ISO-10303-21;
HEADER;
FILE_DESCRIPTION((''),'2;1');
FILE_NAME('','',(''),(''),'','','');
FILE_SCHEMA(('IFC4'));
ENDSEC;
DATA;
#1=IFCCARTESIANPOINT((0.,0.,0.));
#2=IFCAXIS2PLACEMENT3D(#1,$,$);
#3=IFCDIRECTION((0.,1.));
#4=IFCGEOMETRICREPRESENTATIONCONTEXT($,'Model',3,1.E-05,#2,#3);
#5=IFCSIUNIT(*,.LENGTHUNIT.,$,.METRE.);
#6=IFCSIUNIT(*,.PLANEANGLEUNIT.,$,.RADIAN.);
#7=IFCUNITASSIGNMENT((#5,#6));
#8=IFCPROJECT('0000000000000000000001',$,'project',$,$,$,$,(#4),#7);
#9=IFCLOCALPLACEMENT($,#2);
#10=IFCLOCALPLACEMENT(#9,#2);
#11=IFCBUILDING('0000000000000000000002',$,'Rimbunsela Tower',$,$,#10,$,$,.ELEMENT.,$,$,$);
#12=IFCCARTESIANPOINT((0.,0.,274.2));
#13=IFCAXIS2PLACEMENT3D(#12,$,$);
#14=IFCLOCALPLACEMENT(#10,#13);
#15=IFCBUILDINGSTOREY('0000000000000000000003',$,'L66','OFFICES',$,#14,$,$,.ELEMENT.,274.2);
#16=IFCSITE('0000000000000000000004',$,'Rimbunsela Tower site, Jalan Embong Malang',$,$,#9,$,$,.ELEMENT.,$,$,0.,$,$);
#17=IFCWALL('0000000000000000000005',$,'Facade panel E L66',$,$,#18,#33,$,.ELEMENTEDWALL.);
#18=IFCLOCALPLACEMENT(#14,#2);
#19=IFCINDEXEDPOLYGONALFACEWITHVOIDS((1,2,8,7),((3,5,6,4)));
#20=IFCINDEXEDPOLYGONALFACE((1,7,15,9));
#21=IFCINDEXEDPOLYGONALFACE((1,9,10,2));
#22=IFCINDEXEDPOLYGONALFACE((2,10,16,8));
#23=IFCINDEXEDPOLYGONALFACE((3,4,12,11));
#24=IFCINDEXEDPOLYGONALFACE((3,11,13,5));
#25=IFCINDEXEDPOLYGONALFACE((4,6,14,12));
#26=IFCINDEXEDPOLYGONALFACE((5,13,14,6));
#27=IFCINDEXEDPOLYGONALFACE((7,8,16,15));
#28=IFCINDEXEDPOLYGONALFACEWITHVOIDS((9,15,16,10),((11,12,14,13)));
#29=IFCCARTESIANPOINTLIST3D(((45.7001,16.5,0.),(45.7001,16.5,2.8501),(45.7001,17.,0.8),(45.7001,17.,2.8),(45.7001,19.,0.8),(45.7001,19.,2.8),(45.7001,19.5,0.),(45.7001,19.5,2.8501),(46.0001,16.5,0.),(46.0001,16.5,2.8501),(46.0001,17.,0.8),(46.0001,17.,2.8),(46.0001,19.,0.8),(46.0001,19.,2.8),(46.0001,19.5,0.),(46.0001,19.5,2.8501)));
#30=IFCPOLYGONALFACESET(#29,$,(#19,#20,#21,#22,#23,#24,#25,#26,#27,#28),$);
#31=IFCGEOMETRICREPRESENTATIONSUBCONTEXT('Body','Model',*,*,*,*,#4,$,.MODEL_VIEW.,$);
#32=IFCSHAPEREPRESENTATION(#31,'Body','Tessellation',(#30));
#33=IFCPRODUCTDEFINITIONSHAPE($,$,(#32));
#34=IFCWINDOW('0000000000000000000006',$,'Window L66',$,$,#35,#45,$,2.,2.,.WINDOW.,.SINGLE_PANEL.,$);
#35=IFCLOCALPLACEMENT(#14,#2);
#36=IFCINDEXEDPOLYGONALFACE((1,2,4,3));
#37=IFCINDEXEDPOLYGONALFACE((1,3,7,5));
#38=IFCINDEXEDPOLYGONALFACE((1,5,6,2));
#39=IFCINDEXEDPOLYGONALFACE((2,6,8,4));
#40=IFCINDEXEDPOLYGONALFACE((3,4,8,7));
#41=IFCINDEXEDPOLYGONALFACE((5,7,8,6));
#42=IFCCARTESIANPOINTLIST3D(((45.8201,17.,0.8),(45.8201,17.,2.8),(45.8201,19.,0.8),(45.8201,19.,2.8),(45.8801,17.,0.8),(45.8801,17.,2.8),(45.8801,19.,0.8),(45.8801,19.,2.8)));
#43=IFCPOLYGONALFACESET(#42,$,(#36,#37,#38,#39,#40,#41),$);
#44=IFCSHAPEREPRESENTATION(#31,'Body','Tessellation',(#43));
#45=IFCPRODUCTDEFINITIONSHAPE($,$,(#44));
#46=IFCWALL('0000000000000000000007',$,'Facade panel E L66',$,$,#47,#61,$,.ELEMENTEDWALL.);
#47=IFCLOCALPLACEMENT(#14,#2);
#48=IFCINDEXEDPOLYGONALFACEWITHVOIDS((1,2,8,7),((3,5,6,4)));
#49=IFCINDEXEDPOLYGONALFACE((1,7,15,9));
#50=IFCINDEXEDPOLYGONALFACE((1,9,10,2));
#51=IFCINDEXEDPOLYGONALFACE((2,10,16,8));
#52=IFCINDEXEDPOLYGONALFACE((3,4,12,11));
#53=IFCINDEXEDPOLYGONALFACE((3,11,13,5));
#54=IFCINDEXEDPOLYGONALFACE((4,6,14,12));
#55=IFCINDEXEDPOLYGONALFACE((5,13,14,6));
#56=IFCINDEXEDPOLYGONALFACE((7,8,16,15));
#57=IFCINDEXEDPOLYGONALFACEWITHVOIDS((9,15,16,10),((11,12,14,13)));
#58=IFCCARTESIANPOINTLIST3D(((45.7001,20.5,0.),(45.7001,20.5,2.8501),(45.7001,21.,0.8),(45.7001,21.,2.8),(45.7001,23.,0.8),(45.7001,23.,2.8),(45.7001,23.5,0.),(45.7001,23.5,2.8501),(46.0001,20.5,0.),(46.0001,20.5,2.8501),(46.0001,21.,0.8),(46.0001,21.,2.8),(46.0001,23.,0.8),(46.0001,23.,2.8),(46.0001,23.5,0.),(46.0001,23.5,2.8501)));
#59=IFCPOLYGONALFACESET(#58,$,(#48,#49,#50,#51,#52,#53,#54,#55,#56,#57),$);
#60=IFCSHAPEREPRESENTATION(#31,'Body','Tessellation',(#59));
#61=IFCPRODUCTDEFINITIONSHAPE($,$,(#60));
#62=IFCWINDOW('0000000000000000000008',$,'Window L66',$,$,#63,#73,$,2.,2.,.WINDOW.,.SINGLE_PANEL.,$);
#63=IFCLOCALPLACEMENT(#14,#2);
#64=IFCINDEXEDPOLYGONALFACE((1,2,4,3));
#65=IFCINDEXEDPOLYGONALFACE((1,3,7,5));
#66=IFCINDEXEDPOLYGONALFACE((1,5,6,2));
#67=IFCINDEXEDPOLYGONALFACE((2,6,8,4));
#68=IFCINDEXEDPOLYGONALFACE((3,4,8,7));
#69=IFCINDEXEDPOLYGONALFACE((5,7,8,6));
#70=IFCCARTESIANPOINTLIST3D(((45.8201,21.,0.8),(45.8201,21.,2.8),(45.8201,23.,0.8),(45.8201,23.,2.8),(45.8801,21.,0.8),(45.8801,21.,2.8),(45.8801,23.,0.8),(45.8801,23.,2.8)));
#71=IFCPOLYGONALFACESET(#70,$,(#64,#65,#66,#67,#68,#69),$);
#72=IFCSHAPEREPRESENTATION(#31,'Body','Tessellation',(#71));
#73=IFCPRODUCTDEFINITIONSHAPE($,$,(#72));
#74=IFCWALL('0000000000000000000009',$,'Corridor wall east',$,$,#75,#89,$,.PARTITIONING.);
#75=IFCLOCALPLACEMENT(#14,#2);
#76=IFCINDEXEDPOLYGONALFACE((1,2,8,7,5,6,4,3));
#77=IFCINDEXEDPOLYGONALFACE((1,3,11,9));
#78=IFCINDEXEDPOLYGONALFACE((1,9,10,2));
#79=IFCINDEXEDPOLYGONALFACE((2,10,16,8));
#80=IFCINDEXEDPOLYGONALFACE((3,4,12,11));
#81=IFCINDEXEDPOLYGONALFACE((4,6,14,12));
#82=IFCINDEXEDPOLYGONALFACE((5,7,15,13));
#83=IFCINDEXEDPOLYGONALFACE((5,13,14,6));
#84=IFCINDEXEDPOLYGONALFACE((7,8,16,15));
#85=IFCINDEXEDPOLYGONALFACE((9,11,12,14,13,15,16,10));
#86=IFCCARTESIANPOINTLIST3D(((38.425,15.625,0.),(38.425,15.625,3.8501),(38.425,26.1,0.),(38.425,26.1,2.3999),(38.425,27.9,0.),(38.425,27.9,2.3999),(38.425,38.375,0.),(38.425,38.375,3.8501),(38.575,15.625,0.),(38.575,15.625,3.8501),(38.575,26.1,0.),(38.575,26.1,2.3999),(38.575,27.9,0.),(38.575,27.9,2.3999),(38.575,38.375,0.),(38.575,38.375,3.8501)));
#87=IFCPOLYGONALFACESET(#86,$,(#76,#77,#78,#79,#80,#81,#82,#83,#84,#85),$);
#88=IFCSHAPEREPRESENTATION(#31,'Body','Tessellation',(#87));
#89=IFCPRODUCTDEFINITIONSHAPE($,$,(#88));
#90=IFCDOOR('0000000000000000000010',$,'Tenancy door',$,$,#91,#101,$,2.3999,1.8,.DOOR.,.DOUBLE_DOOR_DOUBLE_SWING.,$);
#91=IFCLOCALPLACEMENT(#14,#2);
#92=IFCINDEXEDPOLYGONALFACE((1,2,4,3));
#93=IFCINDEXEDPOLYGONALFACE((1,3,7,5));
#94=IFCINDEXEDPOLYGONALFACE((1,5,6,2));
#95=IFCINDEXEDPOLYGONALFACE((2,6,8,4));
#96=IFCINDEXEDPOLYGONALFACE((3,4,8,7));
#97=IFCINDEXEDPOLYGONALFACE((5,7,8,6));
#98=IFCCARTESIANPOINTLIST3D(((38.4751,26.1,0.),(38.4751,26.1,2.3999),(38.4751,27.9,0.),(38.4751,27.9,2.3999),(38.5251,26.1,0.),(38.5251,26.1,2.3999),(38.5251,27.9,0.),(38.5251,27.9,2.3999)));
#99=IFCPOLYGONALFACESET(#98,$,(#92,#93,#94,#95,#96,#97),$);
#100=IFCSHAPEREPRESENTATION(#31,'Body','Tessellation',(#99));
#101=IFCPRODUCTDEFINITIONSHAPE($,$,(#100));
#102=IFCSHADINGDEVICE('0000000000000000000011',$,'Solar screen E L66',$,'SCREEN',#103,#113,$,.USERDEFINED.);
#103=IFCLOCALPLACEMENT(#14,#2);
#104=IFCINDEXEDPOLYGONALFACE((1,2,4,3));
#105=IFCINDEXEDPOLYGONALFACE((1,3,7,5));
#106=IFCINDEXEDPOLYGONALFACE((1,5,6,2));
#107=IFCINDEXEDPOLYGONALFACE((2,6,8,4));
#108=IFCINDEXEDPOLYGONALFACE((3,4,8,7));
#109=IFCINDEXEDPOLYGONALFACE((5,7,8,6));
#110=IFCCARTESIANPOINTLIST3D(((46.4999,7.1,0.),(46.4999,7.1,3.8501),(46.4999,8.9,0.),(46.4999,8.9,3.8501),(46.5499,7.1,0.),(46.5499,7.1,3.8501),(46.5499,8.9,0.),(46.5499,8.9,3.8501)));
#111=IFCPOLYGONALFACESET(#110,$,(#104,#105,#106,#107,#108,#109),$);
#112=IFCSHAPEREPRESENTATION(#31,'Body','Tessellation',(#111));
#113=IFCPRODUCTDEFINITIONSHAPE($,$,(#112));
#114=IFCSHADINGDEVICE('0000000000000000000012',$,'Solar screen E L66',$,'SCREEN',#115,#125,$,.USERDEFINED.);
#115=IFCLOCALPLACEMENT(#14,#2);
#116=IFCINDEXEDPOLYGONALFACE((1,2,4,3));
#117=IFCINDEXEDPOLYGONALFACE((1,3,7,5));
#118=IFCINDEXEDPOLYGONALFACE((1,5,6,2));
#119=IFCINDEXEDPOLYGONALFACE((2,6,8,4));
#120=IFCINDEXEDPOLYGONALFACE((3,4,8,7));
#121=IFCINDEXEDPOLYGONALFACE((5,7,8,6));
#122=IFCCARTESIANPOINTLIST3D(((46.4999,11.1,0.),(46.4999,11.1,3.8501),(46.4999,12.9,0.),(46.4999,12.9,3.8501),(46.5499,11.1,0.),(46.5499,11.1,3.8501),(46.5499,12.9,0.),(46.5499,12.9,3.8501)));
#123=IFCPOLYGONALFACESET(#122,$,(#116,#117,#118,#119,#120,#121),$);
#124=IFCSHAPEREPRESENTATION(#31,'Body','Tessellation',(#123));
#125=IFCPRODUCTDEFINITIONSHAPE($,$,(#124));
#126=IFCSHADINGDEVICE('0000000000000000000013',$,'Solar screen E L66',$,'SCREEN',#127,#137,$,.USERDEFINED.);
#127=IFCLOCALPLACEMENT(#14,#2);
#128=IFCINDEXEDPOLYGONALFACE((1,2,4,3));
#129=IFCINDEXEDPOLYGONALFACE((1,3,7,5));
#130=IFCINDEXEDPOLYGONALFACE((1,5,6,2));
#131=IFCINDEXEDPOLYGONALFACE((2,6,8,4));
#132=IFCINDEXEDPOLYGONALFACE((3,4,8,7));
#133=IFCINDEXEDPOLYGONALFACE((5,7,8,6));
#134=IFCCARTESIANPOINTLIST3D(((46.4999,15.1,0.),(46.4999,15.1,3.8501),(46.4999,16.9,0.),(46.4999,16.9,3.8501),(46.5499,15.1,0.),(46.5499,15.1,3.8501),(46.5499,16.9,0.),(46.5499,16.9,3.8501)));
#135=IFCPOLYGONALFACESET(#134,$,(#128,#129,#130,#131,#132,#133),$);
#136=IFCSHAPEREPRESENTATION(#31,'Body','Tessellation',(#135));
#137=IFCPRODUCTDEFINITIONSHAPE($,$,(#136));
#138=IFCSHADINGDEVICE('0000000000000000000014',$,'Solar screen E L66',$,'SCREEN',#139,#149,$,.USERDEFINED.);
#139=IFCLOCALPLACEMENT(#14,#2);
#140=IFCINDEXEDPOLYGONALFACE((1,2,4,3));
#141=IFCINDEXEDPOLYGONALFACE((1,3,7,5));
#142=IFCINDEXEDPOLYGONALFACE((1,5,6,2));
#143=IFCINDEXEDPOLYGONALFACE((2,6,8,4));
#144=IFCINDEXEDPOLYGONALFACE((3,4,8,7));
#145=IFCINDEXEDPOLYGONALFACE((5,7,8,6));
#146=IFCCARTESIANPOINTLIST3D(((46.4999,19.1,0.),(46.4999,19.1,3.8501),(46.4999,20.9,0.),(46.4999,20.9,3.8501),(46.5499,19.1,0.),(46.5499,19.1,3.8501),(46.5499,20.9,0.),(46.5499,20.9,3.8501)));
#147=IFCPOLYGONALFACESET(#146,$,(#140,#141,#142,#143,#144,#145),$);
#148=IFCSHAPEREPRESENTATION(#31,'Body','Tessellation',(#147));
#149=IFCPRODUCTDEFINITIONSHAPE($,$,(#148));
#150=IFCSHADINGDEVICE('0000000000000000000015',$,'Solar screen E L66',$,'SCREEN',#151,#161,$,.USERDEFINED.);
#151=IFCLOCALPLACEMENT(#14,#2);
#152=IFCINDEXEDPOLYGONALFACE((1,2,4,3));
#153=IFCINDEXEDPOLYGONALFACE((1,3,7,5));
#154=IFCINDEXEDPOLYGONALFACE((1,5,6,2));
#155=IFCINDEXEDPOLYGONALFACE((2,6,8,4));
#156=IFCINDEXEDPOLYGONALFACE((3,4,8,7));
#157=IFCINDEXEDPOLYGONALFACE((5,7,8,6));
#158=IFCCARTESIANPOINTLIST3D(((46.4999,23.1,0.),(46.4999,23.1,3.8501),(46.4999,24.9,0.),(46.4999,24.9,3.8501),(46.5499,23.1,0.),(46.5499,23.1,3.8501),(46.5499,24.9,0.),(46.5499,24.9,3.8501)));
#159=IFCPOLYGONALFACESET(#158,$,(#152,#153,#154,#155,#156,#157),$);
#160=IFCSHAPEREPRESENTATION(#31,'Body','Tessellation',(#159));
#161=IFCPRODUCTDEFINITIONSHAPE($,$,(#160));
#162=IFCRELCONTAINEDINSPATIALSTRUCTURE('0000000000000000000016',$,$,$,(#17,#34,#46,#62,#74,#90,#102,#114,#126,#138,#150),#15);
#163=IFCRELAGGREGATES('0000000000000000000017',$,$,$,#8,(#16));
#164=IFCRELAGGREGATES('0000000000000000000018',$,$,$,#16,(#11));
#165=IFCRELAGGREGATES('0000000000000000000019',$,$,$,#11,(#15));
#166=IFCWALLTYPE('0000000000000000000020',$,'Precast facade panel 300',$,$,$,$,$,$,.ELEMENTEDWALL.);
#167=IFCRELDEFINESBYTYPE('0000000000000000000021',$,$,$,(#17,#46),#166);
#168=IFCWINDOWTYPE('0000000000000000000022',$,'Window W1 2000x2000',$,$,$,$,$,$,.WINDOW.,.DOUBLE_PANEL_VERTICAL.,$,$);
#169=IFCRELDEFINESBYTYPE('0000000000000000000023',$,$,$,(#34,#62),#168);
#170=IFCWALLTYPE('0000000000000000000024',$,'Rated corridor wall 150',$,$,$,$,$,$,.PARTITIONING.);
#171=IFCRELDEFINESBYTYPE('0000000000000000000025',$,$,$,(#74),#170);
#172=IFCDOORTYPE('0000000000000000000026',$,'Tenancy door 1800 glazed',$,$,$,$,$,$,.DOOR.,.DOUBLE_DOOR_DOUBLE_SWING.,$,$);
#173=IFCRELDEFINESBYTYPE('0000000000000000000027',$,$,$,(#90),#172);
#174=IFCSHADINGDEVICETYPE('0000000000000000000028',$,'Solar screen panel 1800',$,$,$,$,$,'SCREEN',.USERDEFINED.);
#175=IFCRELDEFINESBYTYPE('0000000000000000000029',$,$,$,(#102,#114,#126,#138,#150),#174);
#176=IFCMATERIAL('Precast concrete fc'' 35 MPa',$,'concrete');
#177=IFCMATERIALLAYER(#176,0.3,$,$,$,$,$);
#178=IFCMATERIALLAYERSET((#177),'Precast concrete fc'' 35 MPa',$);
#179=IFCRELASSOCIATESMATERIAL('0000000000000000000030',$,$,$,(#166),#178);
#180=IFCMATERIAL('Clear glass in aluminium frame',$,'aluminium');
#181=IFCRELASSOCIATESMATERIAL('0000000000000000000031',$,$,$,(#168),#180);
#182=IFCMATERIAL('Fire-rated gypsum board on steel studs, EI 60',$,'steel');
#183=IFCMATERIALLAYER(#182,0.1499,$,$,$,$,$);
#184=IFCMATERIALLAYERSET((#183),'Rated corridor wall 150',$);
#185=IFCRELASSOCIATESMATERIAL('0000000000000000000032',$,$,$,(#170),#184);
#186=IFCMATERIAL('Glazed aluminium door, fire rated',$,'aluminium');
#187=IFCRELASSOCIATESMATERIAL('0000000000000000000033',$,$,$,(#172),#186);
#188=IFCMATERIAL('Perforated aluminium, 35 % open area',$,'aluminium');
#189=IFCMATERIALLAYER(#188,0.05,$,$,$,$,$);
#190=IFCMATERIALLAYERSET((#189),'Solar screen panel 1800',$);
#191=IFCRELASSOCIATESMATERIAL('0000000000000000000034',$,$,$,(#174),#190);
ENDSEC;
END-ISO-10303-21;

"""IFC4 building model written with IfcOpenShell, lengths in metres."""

from ifc_helpers import new_model, si_unit, direction, frame, frame_2d, origin, origin_2d, place, context, subcontext, project, spatial, rectangle, extrude, material, layer, layer_set, type_object, element, fill, save


model = new_model("IFC4")

# Units and contexts
model_context = context("Model", 3, precision=1e-05, world=origin(), true_north=direction((0.0, 1.0)))
body_context = subcontext(model_context, "Body", "Model", "MODEL_VIEW")
ifc_project = project(units=[si_unit("LENGTHUNIT", "METRE"), si_unit("PLANEANGLEUNIT", "RADIAN")], contexts=[model_context])

# Site, building, storey
site_placement = place(None, origin())
site = spatial("IfcSite", under=ifc_project, at=site_placement, Name="Rimbunsela Tower site, Jalan Embong Malang", CompositionType="ELEMENT", RefElevation=0.0)
building_placement = place(site_placement, origin())
building = spatial("IfcBuilding", under=site, at=building_placement, Name="Rimbunsela Tower", CompositionType="ELEMENT")
storey_placement = place(building_placement, frame((0.0, 0.0, 274.2)))
storey = spatial("IfcBuildingStorey", under=building, at=storey_placement, Name="L66", Description="OFFICES", CompositionType="ELEMENT", Elevation=274.2)

# Shared definitions
ifc_material_1 = material(Name="Precast concrete fc' 35 MPa", Category="concrete")
ifc_layer_1 = layer(ifc_material_1, 0.3)
ifc_layer_set_1 = layer_set([ifc_layer_1], Name="Precast concrete fc' 35 MPa")
wall_type_1 = type_object("IfcWallType", Name="Precast facade panel 300", PredefinedType="ELEMENTEDWALL", material=ifc_layer_set_1)

# Walls, openings, windows
ifc_material_2 = material(Name="Clear glass in aluminium frame", Category="aluminium")
window_type = type_object("IfcWindowType", Name="Window W1 2000x2000", PartitioningType="DOUBLE_PANEL_VERTICAL", PredefinedType="WINDOW", material=ifc_material_2)
wall_1_placement = place(storey_placement, frame((45.8501, 16.5, 0.0), z_axis=(0.0, 0.0, 1.0), x_axis=(0.0, 1.0, 0.0)))
wall_1 = element("IfcWall", 1, at=wall_1_placement, inside=storey, type_object=wall_type_1, Name="Facade panel E L66", PredefinedType="ELEMENTEDWALL", context=body_context, shape_type="SweptSolid", body=[
    extrude(rectangle(XDim=3.0, YDim=0.3, at=frame_2d((1.5, 0.0))), origin(), (0.0, 0.0, 1.0), 2.8501),
])
opening_1_placement = place(wall_1_placement, frame((0.5, 0.0, 0.8)))
opening_1 = element("IfcOpeningElement", 2, at=opening_1_placement, cuts=wall_1, PredefinedType="OPENING", context=body_context, shape_type="SweptSolid", body=[
    extrude(rectangle(XDim=2.0, YDim=2.0, at=frame_2d((1.0, 1.0))), frame((0.0, 0.1599, 0.0), z_axis=(0.0, -1.0, 0.0), x_axis=(1.0, 0.0, 0.0)), (0.0, 0.0, 1.0), 0.3201),
])
window_1_placement = place(opening_1_placement, origin())
window_1 = element("IfcWindow", 3, at=window_1_placement, inside=storey, type_object=window_type, Name="Window L66", OverallHeight=2.0, OverallWidth=2.0, PartitioningType="SINGLE_PANEL", PredefinedType="WINDOW", context=body_context, shape_type="SweptSolid", body=[
    extrude(rectangle(XDim=2.0, YDim=2.0, at=frame_2d((1.0, 1.0))), frame((0.0, 0.03, 0.0), z_axis=(0.0, -1.0, 0.0), x_axis=(1.0, 0.0, 0.0)), (0.0, 0.0, 1.0), 0.0601),
])
fill(opening_1, window_1)
wall_2_placement = place(storey_placement, frame((45.8501, 20.5, 0.0), z_axis=(0.0, 0.0, 1.0), x_axis=(0.0, 1.0, 0.0)))
wall_2 = element("IfcWall", 4, at=wall_2_placement, inside=storey, type_object=wall_type_1, Name="Facade panel E L66", PredefinedType="ELEMENTEDWALL", context=body_context, shape_type="SweptSolid", body=[
    extrude(rectangle(XDim=3.0, YDim=0.3, at=frame_2d((1.5, 0.0))), origin(), (0.0, 0.0, 1.0), 2.8501),
])
opening_2_placement = place(wall_2_placement, frame((0.5, 0.0, 0.8)))
opening_2 = element("IfcOpeningElement", 5, at=opening_2_placement, cuts=wall_2, PredefinedType="OPENING", context=body_context, shape_type="SweptSolid", body=[
    extrude(rectangle(XDim=2.0, YDim=2.0, at=frame_2d((1.0, 1.0))), frame((0.0, 0.1599, 0.0), z_axis=(0.0, -1.0, 0.0), x_axis=(1.0, 0.0, 0.0)), (0.0, 0.0, 1.0), 0.3201),
])
window_2_placement = place(opening_2_placement, origin())
window_2 = element("IfcWindow", 6, at=window_2_placement, inside=storey, type_object=window_type, Name="Window L66", OverallHeight=2.0, OverallWidth=2.0, PartitioningType="SINGLE_PANEL", PredefinedType="WINDOW", context=body_context, shape_type="SweptSolid", body=[
    extrude(rectangle(XDim=2.0, YDim=2.0, at=frame_2d((1.0, 1.0))), frame((0.0, 0.03, 0.0), z_axis=(0.0, -1.0, 0.0), x_axis=(1.0, 0.0, 0.0)), (0.0, 0.0, 1.0), 0.0601),
])
fill(opening_2, window_2)

# Wall, opening, door
ifc_material_3 = material(Name="Fire-rated gypsum board on steel studs, EI 60", Category="steel")
ifc_layer_2 = layer(ifc_material_3, 0.1499)
ifc_layer_set_2 = layer_set([ifc_layer_2], Name="Rated corridor wall 150")
wall_type_2 = type_object("IfcWallType", Name="Rated corridor wall 150", PredefinedType="PARTITIONING", material=ifc_layer_set_2)
wall_3_placement = place(storey_placement, frame((38.5, 15.625, 0.0), z_axis=(0.0, 0.0, 1.0), x_axis=(0.0, 1.0, 0.0)))
wall_3 = element("IfcWall", 7, at=wall_3_placement, inside=storey, type_object=wall_type_2, Name="Corridor wall east", PredefinedType="PARTITIONING", context=body_context, shape_type="SweptSolid", body=[
    extrude(rectangle(XDim=22.75, YDim=0.1499, at=frame_2d((11.375, 0.0))), origin(), (0.0, 0.0, 1.0), 3.8501),
])
opening_3_placement = place(wall_3_placement, frame((10.4751, 0.0, 0.0)))
opening_3 = element("IfcOpeningElement", 8, at=opening_3_placement, cuts=wall_3, PredefinedType="OPENING", context=body_context, shape_type="SweptSolid", body=[
    extrude(rectangle(XDim=1.8, YDim=2.3999, at=frame_2d((0.8999, 1.2))), frame((0.0, 0.085, 0.0), z_axis=(0.0, -1.0, 0.0), x_axis=(1.0, 0.0, 0.0)), (0.0, 0.0, 1.0), 0.1699),
])
ifc_material_4 = material(Name="Glazed aluminium door, fire rated", Category="aluminium")
door_type = type_object("IfcDoorType", Name="Tenancy door 1800 glazed", OperationType="DOUBLE_DOOR_DOUBLE_SWING", PredefinedType="DOOR", material=ifc_material_4)
door_placement = place(opening_3_placement, origin())
door = element("IfcDoor", 9, at=door_placement, inside=storey, type_object=door_type, Name="Tenancy door", OperationType="DOUBLE_DOOR_DOUBLE_SWING", OverallHeight=2.3999, OverallWidth=1.8, PredefinedType="DOOR", context=body_context, shape_type="SweptSolid", body=[
    extrude(rectangle(XDim=1.8, YDim=2.3999, at=frame_2d((0.8999, 1.2))), frame((0.0, 0.0249, 0.0), z_axis=(0.0, -1.0, 0.0), x_axis=(1.0, 0.0, 0.0)), (0.0, 0.0, 1.0), 0.05),
])
fill(opening_3, door)

# Shading devices
ifc_material_5 = material(Name="Perforated aluminium, 35 % open area", Category="aluminium")
ifc_layer_3 = layer(ifc_material_5, 0.05)
ifc_layer_set_3 = layer_set([ifc_layer_3], Name="Solar screen panel 1800")
shading_device_type = type_object("IfcShadingDeviceType", Name="Solar screen panel 1800", ElementType="SCREEN", PredefinedType="USERDEFINED", material=ifc_layer_set_3)
for number, where, z_axis, x_axis, name in (
    (10, (46.5249, 8.0, 0.0), (0.0, 0.0, 1.0), (0.0, 1.0, 0.0), "Solar screen E L66"),
    (11, (46.5249, 12.0, 0.0), (0.0, 0.0, 1.0), (0.0, 1.0, 0.0), "Solar screen E L66"),
    (12, (46.5249, 16.0, 0.0), (0.0, 0.0, 1.0), (0.0, 1.0, 0.0), "Solar screen E L66"),
    (13, (46.5249, 20.0, 0.0), (0.0, 0.0, 1.0), (0.0, 1.0, 0.0), "Solar screen E L66"),
    (14, (46.5249, 24.0, 0.0), (0.0, 0.0, 1.0), (0.0, 1.0, 0.0), "Solar screen E L66"),
):
    element("IfcShadingDevice", number, at=place(storey_placement, frame(where, z_axis=z_axis, x_axis=x_axis)), inside=storey, type_object=shading_device_type, Name=name, ObjectType="SCREEN", PredefinedType="USERDEFINED", context=body_context, shape_type="SweptSolid", body=[
        extrude(rectangle(XDim=1.8, YDim=0.05, at=origin_2d()), origin(), (0.0, 0.0, 1.0), 3.8501),
    ])

save(model, "model.ifc")
